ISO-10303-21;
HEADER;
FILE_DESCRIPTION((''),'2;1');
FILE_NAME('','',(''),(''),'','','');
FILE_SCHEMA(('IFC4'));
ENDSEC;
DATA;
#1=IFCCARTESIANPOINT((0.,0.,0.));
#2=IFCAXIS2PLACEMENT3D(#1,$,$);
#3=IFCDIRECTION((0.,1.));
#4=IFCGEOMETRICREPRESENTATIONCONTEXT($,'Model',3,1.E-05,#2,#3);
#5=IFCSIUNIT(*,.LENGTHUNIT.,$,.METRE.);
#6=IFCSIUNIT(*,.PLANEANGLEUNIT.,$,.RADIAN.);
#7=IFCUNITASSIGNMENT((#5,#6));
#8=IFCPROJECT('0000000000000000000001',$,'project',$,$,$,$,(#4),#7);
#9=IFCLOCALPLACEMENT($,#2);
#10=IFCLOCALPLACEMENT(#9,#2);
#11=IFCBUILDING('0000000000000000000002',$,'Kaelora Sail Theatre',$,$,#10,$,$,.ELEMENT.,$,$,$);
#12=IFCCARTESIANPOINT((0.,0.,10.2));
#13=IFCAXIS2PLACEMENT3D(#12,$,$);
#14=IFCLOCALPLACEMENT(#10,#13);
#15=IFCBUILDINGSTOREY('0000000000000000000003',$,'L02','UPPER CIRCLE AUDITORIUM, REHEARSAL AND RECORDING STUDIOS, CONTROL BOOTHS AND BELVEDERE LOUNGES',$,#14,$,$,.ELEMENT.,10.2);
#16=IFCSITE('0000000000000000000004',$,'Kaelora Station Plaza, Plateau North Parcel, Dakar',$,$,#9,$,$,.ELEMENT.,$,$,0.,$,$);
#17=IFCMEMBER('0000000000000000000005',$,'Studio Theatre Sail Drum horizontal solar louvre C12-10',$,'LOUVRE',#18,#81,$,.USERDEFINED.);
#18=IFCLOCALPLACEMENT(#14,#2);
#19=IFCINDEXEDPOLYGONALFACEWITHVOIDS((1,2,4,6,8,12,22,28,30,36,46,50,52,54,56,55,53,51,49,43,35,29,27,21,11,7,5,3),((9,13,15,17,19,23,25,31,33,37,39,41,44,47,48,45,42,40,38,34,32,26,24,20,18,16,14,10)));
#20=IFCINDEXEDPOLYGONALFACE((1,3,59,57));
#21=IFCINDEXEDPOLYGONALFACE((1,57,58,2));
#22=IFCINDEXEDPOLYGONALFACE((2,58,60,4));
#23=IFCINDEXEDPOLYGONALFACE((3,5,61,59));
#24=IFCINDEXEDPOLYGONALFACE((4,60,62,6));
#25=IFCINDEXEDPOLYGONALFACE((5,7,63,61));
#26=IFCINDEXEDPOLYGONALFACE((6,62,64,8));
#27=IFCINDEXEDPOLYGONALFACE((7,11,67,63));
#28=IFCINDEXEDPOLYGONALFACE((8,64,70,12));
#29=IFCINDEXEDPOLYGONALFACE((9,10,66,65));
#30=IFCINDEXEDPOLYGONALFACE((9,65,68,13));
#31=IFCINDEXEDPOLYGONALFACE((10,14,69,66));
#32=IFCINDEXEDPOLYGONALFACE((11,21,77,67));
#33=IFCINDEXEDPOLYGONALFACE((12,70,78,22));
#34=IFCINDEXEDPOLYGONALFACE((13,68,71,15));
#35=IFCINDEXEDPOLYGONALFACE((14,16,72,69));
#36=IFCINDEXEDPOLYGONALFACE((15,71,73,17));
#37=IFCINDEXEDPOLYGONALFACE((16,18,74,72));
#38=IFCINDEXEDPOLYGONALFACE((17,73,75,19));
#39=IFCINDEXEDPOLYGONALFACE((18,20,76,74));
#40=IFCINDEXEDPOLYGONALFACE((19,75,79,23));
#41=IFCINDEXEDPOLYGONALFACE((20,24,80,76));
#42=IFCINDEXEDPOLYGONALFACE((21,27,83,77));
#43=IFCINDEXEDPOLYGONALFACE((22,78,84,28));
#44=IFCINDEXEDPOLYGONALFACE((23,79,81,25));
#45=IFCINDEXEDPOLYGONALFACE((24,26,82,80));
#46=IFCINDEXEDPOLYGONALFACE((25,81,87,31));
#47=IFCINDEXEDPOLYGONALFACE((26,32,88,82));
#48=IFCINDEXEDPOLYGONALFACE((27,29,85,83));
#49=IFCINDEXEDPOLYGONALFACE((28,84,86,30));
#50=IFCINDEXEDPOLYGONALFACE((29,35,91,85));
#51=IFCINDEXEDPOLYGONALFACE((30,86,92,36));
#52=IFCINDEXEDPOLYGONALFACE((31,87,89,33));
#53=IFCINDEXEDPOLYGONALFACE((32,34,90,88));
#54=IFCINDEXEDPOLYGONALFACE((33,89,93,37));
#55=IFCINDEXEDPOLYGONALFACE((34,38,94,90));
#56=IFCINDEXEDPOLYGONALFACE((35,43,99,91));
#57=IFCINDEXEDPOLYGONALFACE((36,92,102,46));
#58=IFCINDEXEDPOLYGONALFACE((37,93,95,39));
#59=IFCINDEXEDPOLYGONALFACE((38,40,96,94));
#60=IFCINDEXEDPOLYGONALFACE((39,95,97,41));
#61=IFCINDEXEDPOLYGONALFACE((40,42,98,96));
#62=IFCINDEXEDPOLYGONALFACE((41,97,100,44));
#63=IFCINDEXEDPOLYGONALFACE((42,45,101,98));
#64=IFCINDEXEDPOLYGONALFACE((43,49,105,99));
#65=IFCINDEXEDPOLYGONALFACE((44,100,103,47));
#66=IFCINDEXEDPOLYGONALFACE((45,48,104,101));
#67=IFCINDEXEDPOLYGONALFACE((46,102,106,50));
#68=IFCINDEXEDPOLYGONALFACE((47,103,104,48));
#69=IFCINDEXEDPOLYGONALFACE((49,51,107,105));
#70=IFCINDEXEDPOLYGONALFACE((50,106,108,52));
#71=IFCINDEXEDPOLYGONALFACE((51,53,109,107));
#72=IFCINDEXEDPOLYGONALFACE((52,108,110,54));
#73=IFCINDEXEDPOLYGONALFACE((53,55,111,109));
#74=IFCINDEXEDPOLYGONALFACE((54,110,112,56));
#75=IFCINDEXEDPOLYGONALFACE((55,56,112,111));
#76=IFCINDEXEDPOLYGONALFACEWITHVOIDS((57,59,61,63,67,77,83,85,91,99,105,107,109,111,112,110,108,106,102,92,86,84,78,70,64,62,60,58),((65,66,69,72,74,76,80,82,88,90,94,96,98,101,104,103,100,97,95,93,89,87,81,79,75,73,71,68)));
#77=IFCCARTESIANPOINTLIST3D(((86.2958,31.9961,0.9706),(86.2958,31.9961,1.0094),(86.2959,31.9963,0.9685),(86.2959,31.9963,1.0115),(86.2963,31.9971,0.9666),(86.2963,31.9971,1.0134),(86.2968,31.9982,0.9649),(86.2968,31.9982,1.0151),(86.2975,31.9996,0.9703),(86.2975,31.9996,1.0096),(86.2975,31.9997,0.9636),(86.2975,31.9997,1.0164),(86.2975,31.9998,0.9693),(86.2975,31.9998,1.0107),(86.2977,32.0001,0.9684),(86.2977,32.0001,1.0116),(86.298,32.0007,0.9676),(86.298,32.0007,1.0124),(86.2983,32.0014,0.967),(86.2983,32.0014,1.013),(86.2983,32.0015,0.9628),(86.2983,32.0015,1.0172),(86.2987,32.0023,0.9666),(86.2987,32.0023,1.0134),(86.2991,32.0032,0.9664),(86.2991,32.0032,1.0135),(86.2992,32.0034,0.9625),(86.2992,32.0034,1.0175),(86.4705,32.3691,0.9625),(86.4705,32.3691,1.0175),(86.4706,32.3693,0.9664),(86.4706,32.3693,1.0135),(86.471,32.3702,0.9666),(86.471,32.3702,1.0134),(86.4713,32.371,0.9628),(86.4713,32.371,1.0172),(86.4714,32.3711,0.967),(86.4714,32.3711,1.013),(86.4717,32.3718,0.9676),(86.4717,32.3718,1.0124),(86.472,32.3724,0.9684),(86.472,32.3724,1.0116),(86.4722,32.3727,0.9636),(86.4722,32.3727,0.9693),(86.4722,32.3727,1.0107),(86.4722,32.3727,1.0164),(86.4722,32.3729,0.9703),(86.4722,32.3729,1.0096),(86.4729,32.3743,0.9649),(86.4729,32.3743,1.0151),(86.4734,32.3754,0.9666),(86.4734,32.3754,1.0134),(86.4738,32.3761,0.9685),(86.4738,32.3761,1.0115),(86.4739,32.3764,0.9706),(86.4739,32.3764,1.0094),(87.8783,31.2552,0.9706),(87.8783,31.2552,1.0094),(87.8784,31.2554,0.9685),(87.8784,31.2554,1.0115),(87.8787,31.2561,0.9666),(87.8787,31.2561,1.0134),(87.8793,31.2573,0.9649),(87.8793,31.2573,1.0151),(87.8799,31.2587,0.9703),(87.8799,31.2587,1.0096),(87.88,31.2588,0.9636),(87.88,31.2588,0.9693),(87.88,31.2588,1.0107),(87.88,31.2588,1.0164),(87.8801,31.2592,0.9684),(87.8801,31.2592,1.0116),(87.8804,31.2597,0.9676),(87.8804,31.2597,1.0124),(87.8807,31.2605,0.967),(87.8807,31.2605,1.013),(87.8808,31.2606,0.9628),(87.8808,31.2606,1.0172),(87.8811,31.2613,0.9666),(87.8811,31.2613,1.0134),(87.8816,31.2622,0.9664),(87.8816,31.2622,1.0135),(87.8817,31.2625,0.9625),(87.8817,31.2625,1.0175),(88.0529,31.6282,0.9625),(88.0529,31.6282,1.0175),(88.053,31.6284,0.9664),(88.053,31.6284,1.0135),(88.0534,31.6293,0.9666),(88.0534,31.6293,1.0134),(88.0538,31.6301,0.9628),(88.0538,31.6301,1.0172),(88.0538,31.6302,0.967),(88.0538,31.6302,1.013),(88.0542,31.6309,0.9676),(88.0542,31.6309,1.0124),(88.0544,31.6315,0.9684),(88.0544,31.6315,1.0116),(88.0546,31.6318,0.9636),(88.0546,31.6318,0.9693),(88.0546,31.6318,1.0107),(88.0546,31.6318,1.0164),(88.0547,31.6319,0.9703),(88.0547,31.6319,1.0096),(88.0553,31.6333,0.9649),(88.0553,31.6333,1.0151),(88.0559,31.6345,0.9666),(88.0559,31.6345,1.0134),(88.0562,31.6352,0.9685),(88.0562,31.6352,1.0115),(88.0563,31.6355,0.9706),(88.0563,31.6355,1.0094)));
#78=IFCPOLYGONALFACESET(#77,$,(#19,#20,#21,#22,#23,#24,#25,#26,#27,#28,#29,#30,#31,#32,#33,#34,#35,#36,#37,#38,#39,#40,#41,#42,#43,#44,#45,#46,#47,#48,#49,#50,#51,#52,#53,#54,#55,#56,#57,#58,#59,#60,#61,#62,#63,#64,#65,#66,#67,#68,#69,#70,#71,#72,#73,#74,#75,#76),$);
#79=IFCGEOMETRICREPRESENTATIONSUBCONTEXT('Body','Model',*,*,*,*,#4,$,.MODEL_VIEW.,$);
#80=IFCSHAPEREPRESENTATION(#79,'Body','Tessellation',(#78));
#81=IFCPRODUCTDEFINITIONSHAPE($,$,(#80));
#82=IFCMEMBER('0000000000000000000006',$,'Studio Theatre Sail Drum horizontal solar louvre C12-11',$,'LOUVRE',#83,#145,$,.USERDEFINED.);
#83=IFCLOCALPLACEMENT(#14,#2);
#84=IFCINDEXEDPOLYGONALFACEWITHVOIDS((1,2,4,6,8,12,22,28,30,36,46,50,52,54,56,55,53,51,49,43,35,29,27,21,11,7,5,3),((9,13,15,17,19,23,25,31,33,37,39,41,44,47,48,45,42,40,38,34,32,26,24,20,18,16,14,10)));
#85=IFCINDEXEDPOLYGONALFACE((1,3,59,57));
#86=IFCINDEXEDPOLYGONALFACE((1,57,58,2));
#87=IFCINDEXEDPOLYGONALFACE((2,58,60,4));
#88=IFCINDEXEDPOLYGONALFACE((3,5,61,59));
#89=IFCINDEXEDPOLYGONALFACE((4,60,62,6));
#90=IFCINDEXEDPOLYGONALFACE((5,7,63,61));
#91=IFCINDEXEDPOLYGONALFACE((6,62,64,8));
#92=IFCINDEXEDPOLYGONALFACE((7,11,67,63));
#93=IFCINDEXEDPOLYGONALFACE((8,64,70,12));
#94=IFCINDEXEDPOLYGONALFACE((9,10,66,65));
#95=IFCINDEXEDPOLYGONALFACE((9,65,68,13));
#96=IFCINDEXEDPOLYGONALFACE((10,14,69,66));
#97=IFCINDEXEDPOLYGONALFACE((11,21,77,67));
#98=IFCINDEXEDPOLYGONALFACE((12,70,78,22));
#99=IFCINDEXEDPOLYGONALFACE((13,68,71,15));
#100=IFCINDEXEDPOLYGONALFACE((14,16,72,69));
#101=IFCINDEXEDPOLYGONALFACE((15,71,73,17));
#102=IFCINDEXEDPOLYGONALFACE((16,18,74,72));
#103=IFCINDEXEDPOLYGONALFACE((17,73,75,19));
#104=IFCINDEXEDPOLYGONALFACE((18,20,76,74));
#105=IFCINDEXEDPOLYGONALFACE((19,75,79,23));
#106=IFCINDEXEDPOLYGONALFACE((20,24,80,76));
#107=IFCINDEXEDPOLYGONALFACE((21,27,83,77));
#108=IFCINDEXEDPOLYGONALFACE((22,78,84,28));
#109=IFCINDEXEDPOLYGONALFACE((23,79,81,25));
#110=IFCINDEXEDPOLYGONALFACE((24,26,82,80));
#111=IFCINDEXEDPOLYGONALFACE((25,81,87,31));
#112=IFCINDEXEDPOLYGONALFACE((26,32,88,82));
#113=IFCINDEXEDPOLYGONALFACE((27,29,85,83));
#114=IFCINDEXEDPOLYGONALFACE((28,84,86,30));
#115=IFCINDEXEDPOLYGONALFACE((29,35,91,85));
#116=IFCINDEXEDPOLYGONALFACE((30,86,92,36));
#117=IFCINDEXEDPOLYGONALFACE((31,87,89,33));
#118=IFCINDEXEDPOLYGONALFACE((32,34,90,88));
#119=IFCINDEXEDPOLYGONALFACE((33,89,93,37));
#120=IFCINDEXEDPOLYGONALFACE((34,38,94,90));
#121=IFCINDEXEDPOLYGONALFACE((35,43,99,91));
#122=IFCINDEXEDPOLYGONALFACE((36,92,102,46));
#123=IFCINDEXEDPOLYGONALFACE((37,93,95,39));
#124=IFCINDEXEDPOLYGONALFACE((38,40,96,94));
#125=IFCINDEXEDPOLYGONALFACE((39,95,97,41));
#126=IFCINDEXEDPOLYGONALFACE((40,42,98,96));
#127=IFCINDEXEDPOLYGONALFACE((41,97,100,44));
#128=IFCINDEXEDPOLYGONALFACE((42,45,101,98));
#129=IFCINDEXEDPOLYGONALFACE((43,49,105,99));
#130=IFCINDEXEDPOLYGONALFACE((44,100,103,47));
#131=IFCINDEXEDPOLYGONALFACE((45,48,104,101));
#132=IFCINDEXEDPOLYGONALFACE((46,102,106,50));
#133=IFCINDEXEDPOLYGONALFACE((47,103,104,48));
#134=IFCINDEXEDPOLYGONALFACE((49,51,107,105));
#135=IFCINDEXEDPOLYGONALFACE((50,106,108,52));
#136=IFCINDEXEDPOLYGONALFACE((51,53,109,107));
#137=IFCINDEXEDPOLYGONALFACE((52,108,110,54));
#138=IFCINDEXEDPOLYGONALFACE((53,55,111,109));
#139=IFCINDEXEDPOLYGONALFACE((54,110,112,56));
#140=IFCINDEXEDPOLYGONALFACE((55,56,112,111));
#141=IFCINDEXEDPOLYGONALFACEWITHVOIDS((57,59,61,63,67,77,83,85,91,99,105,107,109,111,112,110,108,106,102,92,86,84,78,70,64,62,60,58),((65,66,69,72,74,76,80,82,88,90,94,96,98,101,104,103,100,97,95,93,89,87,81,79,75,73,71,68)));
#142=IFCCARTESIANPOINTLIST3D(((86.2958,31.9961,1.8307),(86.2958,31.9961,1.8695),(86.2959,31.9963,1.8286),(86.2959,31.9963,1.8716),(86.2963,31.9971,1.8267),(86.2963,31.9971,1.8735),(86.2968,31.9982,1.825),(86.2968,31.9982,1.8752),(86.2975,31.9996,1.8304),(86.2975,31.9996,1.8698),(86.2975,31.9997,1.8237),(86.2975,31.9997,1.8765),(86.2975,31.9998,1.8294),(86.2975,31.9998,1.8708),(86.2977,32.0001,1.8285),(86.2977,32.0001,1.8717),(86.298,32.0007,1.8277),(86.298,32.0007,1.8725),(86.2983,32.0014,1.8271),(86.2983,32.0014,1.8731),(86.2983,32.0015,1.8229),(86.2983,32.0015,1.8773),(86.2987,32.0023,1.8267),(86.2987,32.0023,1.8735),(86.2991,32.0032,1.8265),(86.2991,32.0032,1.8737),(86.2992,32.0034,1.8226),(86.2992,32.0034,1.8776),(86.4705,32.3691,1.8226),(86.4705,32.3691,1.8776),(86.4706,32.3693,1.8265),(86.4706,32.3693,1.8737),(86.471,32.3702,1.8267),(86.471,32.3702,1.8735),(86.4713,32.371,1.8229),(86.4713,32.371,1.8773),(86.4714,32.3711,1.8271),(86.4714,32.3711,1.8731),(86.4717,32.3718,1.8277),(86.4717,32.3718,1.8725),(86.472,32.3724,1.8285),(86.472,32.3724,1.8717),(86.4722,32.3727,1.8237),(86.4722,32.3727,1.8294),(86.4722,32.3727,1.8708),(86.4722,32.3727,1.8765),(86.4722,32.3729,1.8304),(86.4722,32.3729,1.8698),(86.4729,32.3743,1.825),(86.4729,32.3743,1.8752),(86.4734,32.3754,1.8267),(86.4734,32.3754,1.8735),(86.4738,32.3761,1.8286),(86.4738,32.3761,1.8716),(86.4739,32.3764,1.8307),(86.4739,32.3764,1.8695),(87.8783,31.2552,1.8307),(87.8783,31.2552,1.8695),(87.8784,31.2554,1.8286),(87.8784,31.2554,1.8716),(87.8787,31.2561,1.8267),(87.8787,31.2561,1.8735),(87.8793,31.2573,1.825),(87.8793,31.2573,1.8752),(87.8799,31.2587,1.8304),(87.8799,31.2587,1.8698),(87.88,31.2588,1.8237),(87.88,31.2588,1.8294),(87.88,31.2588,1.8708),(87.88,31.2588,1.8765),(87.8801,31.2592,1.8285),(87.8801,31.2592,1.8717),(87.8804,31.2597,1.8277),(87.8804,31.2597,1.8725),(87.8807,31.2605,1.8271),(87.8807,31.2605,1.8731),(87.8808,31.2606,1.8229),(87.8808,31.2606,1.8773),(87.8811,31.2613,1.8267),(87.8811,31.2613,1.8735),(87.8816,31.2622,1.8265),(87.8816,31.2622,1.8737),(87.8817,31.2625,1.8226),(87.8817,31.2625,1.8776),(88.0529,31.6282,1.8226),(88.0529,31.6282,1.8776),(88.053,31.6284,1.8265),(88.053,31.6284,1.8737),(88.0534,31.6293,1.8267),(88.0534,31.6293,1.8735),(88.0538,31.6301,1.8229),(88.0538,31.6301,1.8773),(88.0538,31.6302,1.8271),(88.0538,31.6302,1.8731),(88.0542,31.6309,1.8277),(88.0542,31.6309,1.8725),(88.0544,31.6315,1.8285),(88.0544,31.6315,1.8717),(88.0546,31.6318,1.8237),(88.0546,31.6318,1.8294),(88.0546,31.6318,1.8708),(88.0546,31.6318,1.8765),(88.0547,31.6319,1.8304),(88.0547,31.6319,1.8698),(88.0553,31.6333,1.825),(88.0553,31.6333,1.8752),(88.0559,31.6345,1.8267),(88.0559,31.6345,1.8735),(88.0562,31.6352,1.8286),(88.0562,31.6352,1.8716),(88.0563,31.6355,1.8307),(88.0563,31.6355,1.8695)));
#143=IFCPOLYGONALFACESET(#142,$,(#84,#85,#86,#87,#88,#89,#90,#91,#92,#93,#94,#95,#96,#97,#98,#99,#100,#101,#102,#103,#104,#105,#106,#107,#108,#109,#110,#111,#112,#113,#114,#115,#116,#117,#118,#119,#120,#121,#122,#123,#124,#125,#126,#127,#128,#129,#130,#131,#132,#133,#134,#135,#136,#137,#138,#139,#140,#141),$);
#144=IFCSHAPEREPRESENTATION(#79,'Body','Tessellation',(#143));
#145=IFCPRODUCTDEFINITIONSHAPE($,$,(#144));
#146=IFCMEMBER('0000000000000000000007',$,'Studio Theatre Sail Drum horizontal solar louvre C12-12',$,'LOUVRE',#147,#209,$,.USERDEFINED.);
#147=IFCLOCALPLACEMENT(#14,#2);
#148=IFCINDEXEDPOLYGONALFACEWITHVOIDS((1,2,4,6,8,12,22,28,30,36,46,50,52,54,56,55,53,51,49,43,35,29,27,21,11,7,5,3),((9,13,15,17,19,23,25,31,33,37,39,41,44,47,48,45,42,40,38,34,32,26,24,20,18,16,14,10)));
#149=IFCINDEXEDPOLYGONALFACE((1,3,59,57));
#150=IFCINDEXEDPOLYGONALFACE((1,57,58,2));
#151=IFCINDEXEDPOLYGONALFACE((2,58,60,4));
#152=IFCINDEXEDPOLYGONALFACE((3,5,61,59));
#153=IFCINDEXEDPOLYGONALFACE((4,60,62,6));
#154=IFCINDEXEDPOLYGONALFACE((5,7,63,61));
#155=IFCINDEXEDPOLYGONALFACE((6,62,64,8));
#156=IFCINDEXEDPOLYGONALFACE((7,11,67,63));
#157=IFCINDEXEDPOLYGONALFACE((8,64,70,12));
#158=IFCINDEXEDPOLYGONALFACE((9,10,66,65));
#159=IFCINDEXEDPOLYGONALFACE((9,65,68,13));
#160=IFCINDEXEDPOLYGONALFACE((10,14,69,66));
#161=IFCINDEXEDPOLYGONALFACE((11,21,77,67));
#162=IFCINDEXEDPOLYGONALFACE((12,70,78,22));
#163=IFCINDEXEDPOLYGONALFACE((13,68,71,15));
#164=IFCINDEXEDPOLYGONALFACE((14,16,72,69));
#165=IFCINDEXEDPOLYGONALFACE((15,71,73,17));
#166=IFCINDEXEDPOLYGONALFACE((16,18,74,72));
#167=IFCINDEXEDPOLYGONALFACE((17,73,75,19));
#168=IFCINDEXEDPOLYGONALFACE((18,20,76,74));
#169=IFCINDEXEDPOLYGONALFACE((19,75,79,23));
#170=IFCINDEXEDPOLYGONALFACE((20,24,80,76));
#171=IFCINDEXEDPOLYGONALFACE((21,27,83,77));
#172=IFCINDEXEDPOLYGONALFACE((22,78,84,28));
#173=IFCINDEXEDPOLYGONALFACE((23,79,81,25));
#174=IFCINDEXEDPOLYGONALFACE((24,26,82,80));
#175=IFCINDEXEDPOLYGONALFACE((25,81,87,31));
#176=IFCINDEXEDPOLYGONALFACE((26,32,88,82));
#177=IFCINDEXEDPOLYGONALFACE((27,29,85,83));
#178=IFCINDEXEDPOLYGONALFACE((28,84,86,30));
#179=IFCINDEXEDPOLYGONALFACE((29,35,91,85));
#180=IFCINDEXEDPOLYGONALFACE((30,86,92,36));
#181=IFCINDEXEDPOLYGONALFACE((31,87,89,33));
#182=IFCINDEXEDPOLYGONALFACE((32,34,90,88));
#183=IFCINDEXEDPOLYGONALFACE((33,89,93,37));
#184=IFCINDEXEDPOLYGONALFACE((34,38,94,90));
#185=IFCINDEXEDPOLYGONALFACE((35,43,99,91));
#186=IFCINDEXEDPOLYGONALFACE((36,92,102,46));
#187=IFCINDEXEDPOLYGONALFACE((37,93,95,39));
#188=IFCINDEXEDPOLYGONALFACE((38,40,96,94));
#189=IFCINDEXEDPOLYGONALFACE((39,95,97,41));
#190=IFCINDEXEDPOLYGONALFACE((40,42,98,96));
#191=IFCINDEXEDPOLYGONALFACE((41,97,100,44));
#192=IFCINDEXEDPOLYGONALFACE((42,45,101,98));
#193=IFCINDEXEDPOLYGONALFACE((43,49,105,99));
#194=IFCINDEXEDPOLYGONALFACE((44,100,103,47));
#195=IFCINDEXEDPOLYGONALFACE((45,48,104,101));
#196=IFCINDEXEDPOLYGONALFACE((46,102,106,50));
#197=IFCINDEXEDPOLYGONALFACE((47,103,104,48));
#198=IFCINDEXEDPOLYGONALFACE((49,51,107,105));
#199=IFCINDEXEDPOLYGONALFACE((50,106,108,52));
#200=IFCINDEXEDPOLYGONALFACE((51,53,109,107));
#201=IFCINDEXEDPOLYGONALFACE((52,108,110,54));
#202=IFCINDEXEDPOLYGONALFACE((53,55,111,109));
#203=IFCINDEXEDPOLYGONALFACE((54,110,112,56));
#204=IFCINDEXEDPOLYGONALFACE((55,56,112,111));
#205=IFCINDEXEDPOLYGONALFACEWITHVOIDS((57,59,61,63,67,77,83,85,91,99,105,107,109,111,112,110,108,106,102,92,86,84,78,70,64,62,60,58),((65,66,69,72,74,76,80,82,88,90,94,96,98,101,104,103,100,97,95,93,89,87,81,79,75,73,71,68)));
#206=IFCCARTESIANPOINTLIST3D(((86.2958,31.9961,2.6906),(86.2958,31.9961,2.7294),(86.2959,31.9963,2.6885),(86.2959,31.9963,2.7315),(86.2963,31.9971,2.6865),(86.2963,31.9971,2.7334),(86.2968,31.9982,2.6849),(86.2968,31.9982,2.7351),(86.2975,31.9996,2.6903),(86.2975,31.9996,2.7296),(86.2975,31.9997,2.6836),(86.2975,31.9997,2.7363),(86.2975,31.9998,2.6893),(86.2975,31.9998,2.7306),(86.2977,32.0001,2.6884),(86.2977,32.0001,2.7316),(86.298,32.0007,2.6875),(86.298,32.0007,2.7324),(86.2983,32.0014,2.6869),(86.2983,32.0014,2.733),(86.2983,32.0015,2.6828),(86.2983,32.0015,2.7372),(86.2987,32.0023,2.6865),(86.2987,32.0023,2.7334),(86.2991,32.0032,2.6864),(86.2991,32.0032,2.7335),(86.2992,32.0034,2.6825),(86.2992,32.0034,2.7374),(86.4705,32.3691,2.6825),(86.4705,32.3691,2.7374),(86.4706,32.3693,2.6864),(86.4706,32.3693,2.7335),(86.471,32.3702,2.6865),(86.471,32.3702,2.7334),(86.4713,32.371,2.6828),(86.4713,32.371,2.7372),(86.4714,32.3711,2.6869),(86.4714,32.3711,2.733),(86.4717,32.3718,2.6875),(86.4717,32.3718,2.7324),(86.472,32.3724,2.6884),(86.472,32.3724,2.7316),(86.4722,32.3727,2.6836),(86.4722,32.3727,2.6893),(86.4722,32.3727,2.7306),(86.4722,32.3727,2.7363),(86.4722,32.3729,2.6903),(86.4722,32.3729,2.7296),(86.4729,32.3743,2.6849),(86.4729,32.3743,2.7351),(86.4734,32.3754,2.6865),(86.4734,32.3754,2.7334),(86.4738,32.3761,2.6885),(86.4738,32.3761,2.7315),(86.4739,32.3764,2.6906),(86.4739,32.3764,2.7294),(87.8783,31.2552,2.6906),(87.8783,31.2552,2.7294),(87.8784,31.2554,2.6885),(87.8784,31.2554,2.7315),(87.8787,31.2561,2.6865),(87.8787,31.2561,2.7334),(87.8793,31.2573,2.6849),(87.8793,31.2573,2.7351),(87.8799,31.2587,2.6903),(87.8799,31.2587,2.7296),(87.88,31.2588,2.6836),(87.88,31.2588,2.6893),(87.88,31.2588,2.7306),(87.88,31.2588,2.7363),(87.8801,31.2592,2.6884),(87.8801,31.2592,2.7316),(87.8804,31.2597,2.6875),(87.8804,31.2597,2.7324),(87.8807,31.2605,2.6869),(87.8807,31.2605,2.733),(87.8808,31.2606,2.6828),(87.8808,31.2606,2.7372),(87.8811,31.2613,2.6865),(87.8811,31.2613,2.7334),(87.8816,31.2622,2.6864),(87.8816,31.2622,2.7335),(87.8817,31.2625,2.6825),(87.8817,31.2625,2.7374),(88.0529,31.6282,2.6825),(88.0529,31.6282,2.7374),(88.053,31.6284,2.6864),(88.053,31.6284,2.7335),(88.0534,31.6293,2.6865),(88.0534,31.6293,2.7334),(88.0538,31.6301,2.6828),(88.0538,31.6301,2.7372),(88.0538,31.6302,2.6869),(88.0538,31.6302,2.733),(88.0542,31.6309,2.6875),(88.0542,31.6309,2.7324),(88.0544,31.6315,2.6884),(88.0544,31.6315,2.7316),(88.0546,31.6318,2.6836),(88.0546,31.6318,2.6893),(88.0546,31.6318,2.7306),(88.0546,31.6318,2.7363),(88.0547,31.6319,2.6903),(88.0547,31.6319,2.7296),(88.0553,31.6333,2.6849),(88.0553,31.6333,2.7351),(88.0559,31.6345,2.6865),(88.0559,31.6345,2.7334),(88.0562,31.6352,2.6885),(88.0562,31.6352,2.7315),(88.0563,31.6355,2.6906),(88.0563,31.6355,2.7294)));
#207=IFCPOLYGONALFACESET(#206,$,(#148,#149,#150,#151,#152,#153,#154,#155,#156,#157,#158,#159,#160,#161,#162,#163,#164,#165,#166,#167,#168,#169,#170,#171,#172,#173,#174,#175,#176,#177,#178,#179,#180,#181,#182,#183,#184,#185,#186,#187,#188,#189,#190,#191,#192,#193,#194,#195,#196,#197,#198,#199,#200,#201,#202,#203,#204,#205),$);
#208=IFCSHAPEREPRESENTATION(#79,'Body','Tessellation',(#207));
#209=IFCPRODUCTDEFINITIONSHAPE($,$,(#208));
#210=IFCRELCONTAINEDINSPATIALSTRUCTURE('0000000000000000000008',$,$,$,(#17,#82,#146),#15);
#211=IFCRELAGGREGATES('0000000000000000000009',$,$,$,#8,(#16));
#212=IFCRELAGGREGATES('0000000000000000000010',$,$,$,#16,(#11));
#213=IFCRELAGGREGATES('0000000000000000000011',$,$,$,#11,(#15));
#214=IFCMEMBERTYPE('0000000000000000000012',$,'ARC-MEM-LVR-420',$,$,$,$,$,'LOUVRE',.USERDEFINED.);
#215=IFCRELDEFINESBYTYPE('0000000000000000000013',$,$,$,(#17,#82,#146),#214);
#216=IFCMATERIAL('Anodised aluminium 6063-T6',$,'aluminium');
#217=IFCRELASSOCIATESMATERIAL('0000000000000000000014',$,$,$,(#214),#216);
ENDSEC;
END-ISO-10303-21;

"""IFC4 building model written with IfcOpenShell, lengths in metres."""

from ifc_helpers import new_model, si_unit, direction, frame, origin, origin_2d, place, context, subcontext, project, spatial, hollow_rectangle, extrude, material, material_profile, profile_set, type_object, element, save


model = new_model("IFC4")

# Units and contexts
model_context = context("Model", 3, precision=1e-05, world=origin(), true_north=direction((0.0, 1.0)))
body_context = subcontext(model_context, "Body", "Model", "MODEL_VIEW")
ifc_project = project(units=[si_unit("LENGTHUNIT", "METRE"), si_unit("PLANEANGLEUNIT", "RADIAN")], contexts=[model_context])

# Site, building, storey
site_placement = place(None, origin())
site = spatial("IfcSite", under=ifc_project, at=site_placement, Name="Kaelora Station Plaza, Plateau North Parcel, Dakar", CompositionType="ELEMENT", RefElevation=0.0)
building_placement = place(site_placement, origin())
building = spatial("IfcBuilding", under=site, at=building_placement, Name="Kaelora Sail Theatre", CompositionType="ELEMENT")
storey_placement = place(building_placement, frame((0.0, 0.0, 10.2)))
storey = spatial("IfcBuildingStorey", under=building, at=storey_placement, Name="L02", Description="UPPER CIRCLE AUDITORIUM, REHEARSAL AND RECORDING STUDIOS, CONTROL BOOTHS AND BELVEDERE LOUNGES", CompositionType="ELEMENT", Elevation=10.2)

# Members
ifc_material_1 = material(Name="Anodised aluminium 6063-T6", Category="aluminium")
ifc_material_profile_1 = material_profile(ifc_material_1, hollow_rectangle(XDim=0.4199, YDim=0.0549, WallThickness=0.0039, InnerFilletRadius=0.0039, OuterFilletRadius=0.0081, at=origin_2d()), Name="LOUVRE 420x55x4")
ifc_profile_set_1 = profile_set([ifc_material_profile_1], Name="Anodised aluminium 6063-T6")
member_type = type_object("IfcMemberType", Name="ARC-MEM-LVR-420", ElementType="LOUVRE", PredefinedType="USERDEFINED", material=ifc_profile_set_1)
for number, where, z_axis, x_axis, name in (
    (1, (87.9673, 31.4453, 0.99), (-0.905643, 0.42404, 0.0), (-0.42404, -0.905643, 0.0), "Studio Theatre Sail Drum horizontal solar louvre C12-10"),
    (2, (87.9673, 31.4453, 1.8501), (-0.905643, 0.42404, 0.0), (-0.42404, -0.905643, 0.0), "Studio Theatre Sail Drum horizontal solar louvre C12-11"),
    (3, (87.9673, 31.4453, 2.71), (-0.905643, 0.42404, 0.0), (-0.42404, -0.905643, 0.0), "Studio Theatre Sail Drum horizontal solar louvre C12-12"),
):
    element("IfcMember", number, at=place(storey_placement, frame(where, z_axis=z_axis, x_axis=x_axis)), inside=storey, type_object=member_type, Name=name, ObjectType="LOUVRE", PredefinedType="USERDEFINED", context=body_context, shape_type="SweptSolid", body=[
        extrude(hollow_rectangle(XDim=0.4199, YDim=0.0549, WallThickness=0.0039, InnerFilletRadius=0.0039, OuterFilletRadius=0.0081, at=origin_2d()), origin(), (0.0, 0.0, 1.0), 1.7473),
    ])

save(model, "model.ifc")
